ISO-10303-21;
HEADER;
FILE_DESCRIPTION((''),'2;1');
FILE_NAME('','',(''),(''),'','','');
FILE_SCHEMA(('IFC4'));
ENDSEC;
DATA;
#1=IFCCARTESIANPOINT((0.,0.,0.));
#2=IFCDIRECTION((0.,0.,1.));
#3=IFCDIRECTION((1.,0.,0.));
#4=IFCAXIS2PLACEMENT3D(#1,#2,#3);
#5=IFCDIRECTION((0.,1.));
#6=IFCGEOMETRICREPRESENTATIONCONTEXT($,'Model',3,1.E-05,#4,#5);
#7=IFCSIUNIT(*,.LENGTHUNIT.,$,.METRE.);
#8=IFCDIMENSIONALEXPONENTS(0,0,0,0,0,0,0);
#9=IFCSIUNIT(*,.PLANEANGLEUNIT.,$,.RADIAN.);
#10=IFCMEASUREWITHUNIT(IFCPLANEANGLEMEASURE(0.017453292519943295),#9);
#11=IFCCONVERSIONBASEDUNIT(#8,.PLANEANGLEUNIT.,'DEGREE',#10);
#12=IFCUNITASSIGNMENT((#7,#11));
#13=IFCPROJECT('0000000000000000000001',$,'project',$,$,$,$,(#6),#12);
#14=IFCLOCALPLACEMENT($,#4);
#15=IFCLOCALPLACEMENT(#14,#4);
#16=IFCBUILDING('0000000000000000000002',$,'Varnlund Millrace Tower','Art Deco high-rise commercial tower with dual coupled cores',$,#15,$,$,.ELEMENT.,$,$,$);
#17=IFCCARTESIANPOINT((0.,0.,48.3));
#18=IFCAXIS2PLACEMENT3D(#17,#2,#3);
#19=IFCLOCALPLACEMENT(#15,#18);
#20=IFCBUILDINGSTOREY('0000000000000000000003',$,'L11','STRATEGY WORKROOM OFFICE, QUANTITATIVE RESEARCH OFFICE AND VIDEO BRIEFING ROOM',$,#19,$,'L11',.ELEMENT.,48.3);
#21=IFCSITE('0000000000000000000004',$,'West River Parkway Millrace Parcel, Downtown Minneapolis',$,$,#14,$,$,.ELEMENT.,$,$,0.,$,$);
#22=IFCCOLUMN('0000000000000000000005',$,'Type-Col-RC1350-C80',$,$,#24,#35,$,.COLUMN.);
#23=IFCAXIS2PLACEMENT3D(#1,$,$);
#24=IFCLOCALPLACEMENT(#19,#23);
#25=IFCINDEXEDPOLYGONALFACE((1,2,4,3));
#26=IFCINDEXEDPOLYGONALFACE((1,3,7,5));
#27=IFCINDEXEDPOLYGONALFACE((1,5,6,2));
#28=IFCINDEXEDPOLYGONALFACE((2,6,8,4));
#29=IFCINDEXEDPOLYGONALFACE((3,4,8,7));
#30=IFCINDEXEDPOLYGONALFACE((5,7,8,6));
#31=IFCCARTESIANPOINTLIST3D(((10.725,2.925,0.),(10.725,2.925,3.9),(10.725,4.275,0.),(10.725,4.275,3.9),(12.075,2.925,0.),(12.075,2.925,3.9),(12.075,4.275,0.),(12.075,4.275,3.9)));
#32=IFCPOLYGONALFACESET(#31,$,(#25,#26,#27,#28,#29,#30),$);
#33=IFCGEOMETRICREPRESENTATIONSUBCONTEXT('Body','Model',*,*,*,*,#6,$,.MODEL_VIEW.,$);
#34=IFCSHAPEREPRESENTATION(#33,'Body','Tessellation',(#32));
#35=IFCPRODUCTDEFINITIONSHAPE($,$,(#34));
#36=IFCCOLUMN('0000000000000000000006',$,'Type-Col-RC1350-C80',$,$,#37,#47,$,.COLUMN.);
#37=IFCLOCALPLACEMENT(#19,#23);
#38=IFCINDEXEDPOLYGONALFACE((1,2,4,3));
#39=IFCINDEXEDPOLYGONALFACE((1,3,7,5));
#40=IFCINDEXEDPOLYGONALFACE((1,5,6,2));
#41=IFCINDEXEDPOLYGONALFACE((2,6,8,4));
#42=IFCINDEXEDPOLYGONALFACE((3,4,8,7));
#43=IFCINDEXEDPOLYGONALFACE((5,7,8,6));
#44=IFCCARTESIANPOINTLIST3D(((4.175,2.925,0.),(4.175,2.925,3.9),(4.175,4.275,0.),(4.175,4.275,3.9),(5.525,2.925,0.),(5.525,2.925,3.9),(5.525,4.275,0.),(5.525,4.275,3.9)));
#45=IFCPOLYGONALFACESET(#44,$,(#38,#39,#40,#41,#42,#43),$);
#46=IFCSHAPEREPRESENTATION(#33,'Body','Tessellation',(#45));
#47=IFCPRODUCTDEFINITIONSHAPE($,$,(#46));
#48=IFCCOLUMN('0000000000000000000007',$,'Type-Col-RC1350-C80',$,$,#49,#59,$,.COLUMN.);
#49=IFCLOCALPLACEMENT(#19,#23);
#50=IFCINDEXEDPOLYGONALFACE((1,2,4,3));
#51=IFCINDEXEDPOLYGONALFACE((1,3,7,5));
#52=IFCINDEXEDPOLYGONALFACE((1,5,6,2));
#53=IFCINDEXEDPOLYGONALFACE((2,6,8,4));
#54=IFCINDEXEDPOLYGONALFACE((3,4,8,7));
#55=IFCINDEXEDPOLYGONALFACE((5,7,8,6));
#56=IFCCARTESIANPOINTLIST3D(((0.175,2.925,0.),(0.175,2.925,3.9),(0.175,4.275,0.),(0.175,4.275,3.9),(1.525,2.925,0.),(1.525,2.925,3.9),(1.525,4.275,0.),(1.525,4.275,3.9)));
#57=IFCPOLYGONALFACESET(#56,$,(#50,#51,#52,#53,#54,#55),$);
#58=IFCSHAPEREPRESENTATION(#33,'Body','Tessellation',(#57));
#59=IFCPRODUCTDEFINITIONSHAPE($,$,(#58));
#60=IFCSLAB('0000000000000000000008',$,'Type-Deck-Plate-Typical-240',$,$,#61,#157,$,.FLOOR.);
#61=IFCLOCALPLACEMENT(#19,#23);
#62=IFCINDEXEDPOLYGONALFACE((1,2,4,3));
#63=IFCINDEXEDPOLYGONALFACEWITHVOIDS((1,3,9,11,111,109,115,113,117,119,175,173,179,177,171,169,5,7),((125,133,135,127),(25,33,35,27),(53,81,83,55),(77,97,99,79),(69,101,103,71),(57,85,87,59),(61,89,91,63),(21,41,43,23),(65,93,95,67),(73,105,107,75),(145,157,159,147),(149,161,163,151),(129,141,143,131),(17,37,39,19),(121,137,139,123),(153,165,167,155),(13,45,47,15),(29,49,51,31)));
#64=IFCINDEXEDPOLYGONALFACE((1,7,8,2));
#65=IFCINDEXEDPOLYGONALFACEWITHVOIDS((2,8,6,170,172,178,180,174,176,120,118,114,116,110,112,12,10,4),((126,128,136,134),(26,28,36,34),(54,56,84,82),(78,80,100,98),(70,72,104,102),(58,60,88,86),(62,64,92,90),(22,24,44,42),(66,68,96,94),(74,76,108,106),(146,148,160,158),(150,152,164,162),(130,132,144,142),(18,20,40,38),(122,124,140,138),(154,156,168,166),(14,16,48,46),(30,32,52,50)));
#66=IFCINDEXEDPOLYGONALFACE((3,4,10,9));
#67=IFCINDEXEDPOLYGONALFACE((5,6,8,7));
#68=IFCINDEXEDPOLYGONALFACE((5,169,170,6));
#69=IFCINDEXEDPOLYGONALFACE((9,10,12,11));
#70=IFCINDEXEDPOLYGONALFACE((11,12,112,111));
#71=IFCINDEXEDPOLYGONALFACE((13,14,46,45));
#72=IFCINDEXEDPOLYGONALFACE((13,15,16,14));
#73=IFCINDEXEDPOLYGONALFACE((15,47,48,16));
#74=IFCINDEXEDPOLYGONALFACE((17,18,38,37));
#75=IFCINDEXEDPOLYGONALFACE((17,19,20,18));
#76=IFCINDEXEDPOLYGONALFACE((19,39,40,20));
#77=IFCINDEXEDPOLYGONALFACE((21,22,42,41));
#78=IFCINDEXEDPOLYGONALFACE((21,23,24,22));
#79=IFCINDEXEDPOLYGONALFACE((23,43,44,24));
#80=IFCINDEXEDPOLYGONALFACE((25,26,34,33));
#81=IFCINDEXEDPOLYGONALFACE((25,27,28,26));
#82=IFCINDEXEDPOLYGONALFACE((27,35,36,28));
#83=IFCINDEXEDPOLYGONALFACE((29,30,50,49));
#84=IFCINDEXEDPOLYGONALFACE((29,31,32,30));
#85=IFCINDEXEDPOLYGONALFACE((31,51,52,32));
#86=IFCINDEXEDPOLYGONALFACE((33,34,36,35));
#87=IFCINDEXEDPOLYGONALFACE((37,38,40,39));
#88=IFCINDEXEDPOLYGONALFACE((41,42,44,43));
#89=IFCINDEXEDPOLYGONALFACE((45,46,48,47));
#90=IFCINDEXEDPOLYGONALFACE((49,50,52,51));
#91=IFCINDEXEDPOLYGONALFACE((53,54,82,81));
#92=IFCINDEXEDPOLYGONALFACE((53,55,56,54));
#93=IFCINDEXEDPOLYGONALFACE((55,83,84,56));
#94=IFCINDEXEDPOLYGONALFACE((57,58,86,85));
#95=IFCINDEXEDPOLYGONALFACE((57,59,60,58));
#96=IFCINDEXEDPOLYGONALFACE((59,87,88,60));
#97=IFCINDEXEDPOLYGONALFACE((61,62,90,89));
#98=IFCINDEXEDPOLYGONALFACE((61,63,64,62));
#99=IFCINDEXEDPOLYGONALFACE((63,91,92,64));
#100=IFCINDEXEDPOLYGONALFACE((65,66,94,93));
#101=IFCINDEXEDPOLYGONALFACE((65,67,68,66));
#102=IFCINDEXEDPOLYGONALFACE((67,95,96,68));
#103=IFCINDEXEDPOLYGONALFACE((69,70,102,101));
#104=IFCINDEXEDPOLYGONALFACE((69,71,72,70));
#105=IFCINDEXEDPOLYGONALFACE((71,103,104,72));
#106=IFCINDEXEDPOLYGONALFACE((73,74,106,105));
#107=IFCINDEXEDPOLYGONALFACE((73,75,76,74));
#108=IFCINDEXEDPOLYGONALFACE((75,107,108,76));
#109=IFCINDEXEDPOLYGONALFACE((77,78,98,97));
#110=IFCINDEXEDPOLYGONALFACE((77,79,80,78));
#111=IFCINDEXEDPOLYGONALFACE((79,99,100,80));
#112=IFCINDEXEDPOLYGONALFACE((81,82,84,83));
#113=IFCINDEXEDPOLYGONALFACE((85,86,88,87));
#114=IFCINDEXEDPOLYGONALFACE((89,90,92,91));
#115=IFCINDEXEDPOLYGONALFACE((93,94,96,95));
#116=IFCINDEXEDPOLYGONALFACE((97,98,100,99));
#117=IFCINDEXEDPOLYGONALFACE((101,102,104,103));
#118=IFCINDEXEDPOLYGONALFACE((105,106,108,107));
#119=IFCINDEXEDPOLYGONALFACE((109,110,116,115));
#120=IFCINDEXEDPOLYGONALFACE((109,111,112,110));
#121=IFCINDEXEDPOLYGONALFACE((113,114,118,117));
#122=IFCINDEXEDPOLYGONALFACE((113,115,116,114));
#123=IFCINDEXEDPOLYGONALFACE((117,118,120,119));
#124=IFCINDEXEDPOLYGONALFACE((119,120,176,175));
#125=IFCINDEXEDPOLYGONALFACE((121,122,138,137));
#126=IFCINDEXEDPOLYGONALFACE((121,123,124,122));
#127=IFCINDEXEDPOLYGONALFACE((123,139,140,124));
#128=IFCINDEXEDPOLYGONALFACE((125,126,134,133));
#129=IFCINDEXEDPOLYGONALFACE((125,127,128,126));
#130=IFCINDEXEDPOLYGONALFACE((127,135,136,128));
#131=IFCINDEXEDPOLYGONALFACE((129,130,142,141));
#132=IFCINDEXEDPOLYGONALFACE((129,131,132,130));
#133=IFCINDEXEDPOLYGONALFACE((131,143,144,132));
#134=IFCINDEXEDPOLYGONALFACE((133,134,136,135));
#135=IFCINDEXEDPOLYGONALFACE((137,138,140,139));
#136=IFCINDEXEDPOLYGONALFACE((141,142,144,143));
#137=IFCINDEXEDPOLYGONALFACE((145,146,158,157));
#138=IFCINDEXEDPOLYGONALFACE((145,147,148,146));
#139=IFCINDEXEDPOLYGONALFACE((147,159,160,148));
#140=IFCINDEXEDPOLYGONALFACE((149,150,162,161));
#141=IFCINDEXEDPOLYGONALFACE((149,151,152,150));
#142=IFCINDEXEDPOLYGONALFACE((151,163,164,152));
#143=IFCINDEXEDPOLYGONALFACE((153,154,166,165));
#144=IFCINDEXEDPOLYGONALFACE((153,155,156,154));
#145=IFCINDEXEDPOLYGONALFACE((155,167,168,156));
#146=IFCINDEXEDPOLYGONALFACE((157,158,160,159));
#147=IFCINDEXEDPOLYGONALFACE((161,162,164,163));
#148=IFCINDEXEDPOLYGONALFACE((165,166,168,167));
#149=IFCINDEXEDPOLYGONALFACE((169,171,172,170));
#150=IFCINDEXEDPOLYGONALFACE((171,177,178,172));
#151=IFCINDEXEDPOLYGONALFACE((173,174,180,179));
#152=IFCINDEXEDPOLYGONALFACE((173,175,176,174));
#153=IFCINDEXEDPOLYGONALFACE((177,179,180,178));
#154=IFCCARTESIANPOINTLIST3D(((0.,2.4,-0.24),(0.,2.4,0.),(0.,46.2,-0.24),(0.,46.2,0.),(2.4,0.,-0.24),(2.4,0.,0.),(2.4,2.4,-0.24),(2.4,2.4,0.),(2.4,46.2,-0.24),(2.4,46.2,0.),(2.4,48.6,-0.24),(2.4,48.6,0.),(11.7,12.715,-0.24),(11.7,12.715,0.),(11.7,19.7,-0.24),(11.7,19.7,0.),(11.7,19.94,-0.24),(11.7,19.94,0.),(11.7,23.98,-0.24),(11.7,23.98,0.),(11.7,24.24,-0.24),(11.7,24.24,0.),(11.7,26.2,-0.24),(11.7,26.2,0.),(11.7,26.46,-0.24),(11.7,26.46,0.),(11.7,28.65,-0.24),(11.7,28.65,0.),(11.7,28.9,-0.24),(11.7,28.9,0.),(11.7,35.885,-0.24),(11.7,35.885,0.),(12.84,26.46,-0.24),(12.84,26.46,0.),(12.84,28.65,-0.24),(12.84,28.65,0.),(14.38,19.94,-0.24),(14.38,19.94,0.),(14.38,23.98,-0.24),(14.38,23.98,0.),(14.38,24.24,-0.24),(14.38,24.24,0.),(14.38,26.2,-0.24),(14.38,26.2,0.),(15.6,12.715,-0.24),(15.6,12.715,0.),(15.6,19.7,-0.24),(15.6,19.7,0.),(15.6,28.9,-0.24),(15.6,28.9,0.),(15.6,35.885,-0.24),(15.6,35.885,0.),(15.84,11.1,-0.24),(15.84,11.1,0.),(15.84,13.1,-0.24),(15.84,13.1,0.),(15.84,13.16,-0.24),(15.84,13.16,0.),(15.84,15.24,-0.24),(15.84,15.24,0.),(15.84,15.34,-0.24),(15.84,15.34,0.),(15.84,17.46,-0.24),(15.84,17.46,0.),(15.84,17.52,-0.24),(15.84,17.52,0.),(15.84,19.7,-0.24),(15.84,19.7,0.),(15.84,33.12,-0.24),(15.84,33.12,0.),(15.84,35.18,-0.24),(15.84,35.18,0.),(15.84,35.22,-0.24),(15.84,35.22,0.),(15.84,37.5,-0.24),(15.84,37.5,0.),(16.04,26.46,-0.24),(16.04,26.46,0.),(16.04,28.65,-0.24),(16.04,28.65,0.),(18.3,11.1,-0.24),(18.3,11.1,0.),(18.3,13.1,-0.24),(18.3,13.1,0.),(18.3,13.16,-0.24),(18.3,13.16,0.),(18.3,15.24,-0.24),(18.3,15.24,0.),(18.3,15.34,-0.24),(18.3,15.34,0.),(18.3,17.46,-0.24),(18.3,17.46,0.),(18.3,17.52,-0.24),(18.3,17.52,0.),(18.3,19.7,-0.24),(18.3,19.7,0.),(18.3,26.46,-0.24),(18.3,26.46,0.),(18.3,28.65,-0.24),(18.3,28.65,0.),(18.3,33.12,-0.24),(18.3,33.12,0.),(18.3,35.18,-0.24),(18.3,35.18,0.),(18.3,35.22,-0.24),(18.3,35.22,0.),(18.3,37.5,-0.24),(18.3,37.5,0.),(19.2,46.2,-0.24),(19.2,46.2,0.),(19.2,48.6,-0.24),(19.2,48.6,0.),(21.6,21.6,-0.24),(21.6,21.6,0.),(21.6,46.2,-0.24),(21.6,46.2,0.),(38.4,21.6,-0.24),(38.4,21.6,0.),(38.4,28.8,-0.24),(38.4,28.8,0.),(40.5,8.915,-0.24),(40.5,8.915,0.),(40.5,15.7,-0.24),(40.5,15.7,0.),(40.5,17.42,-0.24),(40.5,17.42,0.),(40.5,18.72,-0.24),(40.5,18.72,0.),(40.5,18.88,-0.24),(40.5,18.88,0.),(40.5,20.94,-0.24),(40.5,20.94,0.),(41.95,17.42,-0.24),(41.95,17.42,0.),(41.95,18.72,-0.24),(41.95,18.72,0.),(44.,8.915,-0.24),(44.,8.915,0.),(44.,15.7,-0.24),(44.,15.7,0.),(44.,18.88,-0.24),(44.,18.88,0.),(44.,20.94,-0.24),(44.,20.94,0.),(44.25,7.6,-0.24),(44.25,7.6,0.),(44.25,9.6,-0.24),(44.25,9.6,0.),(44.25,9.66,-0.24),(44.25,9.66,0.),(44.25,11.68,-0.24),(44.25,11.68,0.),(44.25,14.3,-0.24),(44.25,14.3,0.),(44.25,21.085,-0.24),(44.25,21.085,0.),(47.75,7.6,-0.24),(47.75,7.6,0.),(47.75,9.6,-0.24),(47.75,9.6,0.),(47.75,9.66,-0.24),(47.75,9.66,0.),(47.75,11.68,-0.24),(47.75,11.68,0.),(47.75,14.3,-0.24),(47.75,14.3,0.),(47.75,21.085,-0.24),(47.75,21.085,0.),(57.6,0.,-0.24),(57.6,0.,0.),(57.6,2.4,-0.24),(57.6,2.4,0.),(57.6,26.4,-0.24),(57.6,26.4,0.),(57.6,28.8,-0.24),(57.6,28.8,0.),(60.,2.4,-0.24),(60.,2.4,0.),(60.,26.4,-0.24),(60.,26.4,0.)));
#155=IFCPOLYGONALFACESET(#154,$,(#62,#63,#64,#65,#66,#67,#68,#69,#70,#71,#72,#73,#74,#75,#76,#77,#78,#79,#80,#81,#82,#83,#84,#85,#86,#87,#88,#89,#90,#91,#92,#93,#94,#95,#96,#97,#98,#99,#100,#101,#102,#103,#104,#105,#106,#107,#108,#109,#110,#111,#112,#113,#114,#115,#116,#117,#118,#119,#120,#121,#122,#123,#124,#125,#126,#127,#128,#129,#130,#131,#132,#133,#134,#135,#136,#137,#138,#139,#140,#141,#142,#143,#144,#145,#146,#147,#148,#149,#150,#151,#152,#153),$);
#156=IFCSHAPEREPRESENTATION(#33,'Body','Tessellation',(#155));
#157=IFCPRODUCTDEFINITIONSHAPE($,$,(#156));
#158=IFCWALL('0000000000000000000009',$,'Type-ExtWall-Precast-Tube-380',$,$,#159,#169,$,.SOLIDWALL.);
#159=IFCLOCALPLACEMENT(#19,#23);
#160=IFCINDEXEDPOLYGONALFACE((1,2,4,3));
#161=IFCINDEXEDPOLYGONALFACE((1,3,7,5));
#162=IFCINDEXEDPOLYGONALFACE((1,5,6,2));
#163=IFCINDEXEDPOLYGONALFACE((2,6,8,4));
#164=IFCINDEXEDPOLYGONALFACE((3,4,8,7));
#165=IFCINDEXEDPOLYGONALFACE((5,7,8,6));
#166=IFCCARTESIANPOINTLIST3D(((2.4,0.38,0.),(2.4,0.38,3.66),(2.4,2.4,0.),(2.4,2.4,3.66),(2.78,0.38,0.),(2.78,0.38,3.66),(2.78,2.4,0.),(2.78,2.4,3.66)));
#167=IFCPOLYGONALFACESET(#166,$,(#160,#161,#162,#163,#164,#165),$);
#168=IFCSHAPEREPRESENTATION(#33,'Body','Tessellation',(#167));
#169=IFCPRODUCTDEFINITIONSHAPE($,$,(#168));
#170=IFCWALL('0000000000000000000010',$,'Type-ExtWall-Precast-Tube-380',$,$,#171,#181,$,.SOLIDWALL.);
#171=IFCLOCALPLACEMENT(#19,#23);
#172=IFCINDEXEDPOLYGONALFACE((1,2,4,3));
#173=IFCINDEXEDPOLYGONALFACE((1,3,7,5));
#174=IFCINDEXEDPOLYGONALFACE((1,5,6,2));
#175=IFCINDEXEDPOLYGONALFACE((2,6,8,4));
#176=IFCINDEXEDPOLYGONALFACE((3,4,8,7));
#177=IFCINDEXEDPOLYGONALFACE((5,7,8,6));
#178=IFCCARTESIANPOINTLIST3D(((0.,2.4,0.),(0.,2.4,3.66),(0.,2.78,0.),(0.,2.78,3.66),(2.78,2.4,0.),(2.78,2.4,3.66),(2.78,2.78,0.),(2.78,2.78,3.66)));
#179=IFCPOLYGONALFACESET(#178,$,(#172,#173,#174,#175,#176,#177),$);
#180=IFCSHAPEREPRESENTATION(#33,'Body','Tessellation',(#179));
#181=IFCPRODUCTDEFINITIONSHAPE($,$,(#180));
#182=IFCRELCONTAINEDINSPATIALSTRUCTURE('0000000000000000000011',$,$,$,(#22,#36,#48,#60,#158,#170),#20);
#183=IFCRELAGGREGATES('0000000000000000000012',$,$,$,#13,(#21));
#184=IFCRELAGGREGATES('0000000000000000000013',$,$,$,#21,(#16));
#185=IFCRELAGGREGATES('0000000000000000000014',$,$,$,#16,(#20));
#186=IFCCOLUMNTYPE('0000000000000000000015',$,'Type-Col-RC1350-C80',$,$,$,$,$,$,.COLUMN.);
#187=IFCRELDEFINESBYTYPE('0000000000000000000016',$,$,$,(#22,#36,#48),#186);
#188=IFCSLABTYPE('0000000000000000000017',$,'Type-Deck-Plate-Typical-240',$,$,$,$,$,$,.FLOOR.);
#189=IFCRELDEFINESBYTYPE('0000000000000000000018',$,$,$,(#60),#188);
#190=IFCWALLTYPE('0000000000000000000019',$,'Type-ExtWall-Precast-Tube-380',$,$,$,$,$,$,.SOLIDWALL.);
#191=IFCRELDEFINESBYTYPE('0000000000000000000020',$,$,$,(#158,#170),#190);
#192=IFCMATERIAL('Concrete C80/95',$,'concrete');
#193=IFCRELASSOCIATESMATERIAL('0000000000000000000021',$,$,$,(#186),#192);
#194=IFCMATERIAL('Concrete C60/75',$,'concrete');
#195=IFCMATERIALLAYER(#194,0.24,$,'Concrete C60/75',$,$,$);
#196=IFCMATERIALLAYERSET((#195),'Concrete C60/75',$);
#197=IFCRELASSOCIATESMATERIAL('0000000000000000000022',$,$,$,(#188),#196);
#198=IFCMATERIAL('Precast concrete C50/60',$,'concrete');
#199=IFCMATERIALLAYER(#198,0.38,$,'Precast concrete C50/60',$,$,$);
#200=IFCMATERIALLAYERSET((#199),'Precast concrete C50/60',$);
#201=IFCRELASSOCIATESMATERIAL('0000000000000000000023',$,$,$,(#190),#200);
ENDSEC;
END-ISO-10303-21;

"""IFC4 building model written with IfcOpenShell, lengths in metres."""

from ifc_helpers import new_model, entity, si_unit, converted_unit, direction, frame, origin_with_axes, origin_2d_with_axis, place, context, subcontext, project, spatial, polyline, rectangle, outline, extrude, material, layer, layer_set, material_profile, profile_set, type_object, element, save


model = new_model("IFC4")

# Units and contexts
model_context = context("Model", 3, precision=1e-05, world=origin_with_axes(), true_north=direction((0.0, 1.0)))
body_context = subcontext(model_context, "Body", "Model", "MODEL_VIEW")
ifc_project = project(units=[si_unit("LENGTHUNIT", "METRE"), converted_unit("PLANEANGLEUNIT", "DEGREE", entity("IfcPlaneAngleMeasure", 0.017453292519943295), si_unit("PLANEANGLEUNIT", "RADIAN"), dimensions=[0, 0, 0, 0, 0, 0, 0])], contexts=[model_context])

# Site, building, storey
site_placement = place(None, origin_with_axes())
site = spatial("IfcSite", under=ifc_project, at=site_placement, Name="West River Parkway Millrace Parcel, Downtown Minneapolis", CompositionType="ELEMENT", RefElevation=0.0)
building_placement = place(site_placement, origin_with_axes())
building = spatial("IfcBuilding", under=site, at=building_placement, Name="Varnlund Millrace Tower", Description="Art Deco high-rise commercial tower with dual coupled cores", CompositionType="ELEMENT")
storey_placement = place(building_placement, frame((0.0, 0.0, 48.3), z_axis=(0.0, 0.0, 1.0), x_axis=(1.0, 0.0, 0.0)))
storey = spatial("IfcBuildingStorey", under=building, at=storey_placement, Name="L11", Description="STRATEGY WORKROOM OFFICE, QUANTITATIVE RESEARCH OFFICE AND VIDEO BRIEFING ROOM", LongName="L11", CompositionType="ELEMENT", Elevation=48.3)

# Columns
ifc_material_1 = material(Name="Concrete C80/95", Category="concrete")
ifc_material_profile = material_profile(ifc_material_1, rectangle(XDim=1.35, YDim=1.35, at=origin_2d_with_axis()), Name="Concrete C80/95")
ifc_profile_set = profile_set([ifc_material_profile], Name="Concrete C80/95")
column_type = type_object("IfcColumnType", Name="Type-Col-RC1350-C80", PredefinedType="COLUMN", material=ifc_profile_set)
for number, where, z_axis, x_axis, name in (
    (1, (11.4, 3.6, 0.0), (0.0, 0.0, 1.0), (1.0, 0.0, 0.0), "Type-Col-RC1350-C80"),
    (2, (4.85, 3.6, 0.0), (0.0, 0.0, 1.0), (1.0, 0.0, 0.0), "Type-Col-RC1350-C80"),
    (3, (0.85, 3.6, 0.0), (0.0, 0.0, 1.0), (1.0, 0.0, 0.0), "Type-Col-RC1350-C80"),
):
    element("IfcColumn", number, at=place(storey_placement, frame(where, z_axis=z_axis, x_axis=x_axis)), inside=storey, type_object=column_type, Name=name, PredefinedType="COLUMN", context=body_context, shape_type="SweptSolid", body=[
        extrude(rectangle(XDim=1.35, YDim=1.35, at=origin_2d_with_axis()), origin_with_axes(), (0.0, 0.0, 1.0), 3.9),
    ])

# Slab
ifc_material_2 = material(Name="Concrete C60/75", Category="concrete")
ifc_layer_1 = layer(ifc_material_2, 0.24, Name="Concrete C60/75")
ifc_layer_set_1 = layer_set([ifc_layer_1], Name="Concrete C60/75")
slab_type = type_object("IfcSlabType", Name="Type-Deck-Plate-Typical-240", PredefinedType="FLOOR", material=ifc_layer_set_1)
slab_placement = place(storey_placement, frame((0.0, 0.0, -0.24), z_axis=(0.0, 0.0, 1.0), x_axis=(1.0, 0.0, 0.0)))
element("IfcSlab", 4, at=slab_placement, inside=storey, type_object=slab_type, Name="Type-Deck-Plate-Typical-240", PredefinedType="FLOOR", context=body_context, shape_type="SweptSolid", body=[
    extrude(outline(polyline([(21.6, 21.6), (21.6, 46.2), (19.2, 46.2), (19.2, 48.6), (2.4, 48.6), (2.4, 46.2), (0.0, 46.2), (0.0, 2.4), (2.4, 2.4), (2.4, 0.0), (57.6, 0.0), (57.6, 2.4), (60.0, 2.4), (60.0, 26.4), (57.6, 26.4), (57.6, 28.8), (38.4, 28.8), (38.4, 21.6), (21.6, 21.6)]), holes=[polyline([(18.3, 11.1), (15.84, 11.1), (15.84, 13.1), (18.3, 13.1), (18.3, 11.1)]), polyline([(18.3, 13.16), (15.84, 13.16), (15.84, 15.24), (18.3, 15.24), (18.3, 13.16)]), polyline([(15.6, 12.715), (11.7, 12.715), (11.7, 19.7), (15.6, 19.7), (15.6, 12.715)]), polyline([(18.3, 15.34), (15.84, 15.34), (15.84, 17.46), (18.3, 17.46), (18.3, 15.34)]), polyline([(18.3, 17.52), (15.84, 17.52), (15.84, 19.7), (18.3, 19.7), (18.3, 17.52)]), polyline([(14.38, 23.98), (14.38, 19.94), (11.7, 19.94), (11.7, 23.98), (14.38, 23.98)]), polyline([(11.7, 24.24), (11.7, 26.2), (14.38, 26.2), (14.38, 24.24), (11.7, 24.24)]), polyline([(11.7, 26.46), (11.7, 28.65), (12.84, 28.65), (12.84, 26.46), (11.7, 26.46)]), polyline([(15.6, 28.9), (11.7, 28.9), (11.7, 35.885), (15.6, 35.885), (15.6, 28.9)]), polyline([(47.75, 7.6), (44.25, 7.6), (44.25, 9.6), (47.75, 9.6), (47.75, 7.6)]), polyline([(47.75, 9.66), (44.25, 9.66), (44.25, 11.68), (47.75, 11.68), (47.75, 9.66)]), polyline([(40.5, 8.915), (40.5, 15.7), (44.0, 15.7), (44.0, 8.915), (40.5, 8.915)]), polyline([(44.25, 14.3), (44.25, 21.085), (47.75, 21.085), (47.75, 14.3), (44.25, 14.3)]), polyline([(41.95, 17.42), (40.5, 17.42), (40.5, 18.72), (41.95, 18.72), (41.95, 17.42)]), polyline([(44.0, 18.88), (40.5, 18.88), (40.5, 20.94), (44.0, 20.94), (44.0, 18.88)]), polyline([(18.3, 26.46), (16.04, 26.46), (16.04, 28.65), (18.3, 28.65), (18.3, 26.46)]), polyline([(15.84, 33.12), (15.84, 35.18), (18.3, 35.18), (18.3, 33.12), (15.84, 33.12)]), polyline([(15.84, 35.22), (15.84, 37.5), (18.3, 37.5), (18.3, 35.22), (15.84, 35.22)])]), origin_with_axes(), (0.0, 0.0, 1.0), 0.24),
])

# Walls
ifc_material_3 = material(Name="Precast concrete C50/60", Category="concrete")
ifc_layer_2 = layer(ifc_material_3, 0.38, Name="Precast concrete C50/60")
ifc_layer_set_2 = layer_set([ifc_layer_2], Name="Precast concrete C50/60")
wall_type_1 = type_object("IfcWallType", Name="Type-ExtWall-Precast-Tube-380", PredefinedType="SOLIDWALL", material=ifc_layer_set_2)
wall_1_placement = place(storey_placement, frame((2.59, 0.38, 0.0), z_axis=(0.0, 0.0, 1.0), x_axis=(0.0, 1.0, 0.0)))
element("IfcWall", 5, at=wall_1_placement, inside=storey, type_object=wall_type_1, Name="Type-ExtWall-Precast-Tube-380", PredefinedType="SOLIDWALL", context=body_context, shape_type="SweptSolid", body=[
    extrude(outline(polyline([(0.0, -0.19), (2.02, -0.19), (2.02, 0.19), (0.0, 0.19), (0.0, -0.19)])), origin_with_axes(), (0.0, 0.0, 1.0), 3.66),
])
wall_2_placement = place(storey_placement, frame((2.78, 2.59, 0.0), z_axis=(0.0, 0.0, 1.0), x_axis=(-1.0, 0.0, 0.0)))
element("IfcWall", 6, at=wall_2_placement, inside=storey, type_object=wall_type_1, Name="Type-ExtWall-Precast-Tube-380", PredefinedType="SOLIDWALL", context=body_context, shape_type="SweptSolid", body=[
    extrude(outline(polyline([(0.0, -0.19), (2.78, -0.19), (2.78, 0.19), (0.0, 0.19), (0.0, -0.19)])), origin_with_axes(), (0.0, 0.0, 1.0), 3.66),
])

save(model, "model.ifc")
